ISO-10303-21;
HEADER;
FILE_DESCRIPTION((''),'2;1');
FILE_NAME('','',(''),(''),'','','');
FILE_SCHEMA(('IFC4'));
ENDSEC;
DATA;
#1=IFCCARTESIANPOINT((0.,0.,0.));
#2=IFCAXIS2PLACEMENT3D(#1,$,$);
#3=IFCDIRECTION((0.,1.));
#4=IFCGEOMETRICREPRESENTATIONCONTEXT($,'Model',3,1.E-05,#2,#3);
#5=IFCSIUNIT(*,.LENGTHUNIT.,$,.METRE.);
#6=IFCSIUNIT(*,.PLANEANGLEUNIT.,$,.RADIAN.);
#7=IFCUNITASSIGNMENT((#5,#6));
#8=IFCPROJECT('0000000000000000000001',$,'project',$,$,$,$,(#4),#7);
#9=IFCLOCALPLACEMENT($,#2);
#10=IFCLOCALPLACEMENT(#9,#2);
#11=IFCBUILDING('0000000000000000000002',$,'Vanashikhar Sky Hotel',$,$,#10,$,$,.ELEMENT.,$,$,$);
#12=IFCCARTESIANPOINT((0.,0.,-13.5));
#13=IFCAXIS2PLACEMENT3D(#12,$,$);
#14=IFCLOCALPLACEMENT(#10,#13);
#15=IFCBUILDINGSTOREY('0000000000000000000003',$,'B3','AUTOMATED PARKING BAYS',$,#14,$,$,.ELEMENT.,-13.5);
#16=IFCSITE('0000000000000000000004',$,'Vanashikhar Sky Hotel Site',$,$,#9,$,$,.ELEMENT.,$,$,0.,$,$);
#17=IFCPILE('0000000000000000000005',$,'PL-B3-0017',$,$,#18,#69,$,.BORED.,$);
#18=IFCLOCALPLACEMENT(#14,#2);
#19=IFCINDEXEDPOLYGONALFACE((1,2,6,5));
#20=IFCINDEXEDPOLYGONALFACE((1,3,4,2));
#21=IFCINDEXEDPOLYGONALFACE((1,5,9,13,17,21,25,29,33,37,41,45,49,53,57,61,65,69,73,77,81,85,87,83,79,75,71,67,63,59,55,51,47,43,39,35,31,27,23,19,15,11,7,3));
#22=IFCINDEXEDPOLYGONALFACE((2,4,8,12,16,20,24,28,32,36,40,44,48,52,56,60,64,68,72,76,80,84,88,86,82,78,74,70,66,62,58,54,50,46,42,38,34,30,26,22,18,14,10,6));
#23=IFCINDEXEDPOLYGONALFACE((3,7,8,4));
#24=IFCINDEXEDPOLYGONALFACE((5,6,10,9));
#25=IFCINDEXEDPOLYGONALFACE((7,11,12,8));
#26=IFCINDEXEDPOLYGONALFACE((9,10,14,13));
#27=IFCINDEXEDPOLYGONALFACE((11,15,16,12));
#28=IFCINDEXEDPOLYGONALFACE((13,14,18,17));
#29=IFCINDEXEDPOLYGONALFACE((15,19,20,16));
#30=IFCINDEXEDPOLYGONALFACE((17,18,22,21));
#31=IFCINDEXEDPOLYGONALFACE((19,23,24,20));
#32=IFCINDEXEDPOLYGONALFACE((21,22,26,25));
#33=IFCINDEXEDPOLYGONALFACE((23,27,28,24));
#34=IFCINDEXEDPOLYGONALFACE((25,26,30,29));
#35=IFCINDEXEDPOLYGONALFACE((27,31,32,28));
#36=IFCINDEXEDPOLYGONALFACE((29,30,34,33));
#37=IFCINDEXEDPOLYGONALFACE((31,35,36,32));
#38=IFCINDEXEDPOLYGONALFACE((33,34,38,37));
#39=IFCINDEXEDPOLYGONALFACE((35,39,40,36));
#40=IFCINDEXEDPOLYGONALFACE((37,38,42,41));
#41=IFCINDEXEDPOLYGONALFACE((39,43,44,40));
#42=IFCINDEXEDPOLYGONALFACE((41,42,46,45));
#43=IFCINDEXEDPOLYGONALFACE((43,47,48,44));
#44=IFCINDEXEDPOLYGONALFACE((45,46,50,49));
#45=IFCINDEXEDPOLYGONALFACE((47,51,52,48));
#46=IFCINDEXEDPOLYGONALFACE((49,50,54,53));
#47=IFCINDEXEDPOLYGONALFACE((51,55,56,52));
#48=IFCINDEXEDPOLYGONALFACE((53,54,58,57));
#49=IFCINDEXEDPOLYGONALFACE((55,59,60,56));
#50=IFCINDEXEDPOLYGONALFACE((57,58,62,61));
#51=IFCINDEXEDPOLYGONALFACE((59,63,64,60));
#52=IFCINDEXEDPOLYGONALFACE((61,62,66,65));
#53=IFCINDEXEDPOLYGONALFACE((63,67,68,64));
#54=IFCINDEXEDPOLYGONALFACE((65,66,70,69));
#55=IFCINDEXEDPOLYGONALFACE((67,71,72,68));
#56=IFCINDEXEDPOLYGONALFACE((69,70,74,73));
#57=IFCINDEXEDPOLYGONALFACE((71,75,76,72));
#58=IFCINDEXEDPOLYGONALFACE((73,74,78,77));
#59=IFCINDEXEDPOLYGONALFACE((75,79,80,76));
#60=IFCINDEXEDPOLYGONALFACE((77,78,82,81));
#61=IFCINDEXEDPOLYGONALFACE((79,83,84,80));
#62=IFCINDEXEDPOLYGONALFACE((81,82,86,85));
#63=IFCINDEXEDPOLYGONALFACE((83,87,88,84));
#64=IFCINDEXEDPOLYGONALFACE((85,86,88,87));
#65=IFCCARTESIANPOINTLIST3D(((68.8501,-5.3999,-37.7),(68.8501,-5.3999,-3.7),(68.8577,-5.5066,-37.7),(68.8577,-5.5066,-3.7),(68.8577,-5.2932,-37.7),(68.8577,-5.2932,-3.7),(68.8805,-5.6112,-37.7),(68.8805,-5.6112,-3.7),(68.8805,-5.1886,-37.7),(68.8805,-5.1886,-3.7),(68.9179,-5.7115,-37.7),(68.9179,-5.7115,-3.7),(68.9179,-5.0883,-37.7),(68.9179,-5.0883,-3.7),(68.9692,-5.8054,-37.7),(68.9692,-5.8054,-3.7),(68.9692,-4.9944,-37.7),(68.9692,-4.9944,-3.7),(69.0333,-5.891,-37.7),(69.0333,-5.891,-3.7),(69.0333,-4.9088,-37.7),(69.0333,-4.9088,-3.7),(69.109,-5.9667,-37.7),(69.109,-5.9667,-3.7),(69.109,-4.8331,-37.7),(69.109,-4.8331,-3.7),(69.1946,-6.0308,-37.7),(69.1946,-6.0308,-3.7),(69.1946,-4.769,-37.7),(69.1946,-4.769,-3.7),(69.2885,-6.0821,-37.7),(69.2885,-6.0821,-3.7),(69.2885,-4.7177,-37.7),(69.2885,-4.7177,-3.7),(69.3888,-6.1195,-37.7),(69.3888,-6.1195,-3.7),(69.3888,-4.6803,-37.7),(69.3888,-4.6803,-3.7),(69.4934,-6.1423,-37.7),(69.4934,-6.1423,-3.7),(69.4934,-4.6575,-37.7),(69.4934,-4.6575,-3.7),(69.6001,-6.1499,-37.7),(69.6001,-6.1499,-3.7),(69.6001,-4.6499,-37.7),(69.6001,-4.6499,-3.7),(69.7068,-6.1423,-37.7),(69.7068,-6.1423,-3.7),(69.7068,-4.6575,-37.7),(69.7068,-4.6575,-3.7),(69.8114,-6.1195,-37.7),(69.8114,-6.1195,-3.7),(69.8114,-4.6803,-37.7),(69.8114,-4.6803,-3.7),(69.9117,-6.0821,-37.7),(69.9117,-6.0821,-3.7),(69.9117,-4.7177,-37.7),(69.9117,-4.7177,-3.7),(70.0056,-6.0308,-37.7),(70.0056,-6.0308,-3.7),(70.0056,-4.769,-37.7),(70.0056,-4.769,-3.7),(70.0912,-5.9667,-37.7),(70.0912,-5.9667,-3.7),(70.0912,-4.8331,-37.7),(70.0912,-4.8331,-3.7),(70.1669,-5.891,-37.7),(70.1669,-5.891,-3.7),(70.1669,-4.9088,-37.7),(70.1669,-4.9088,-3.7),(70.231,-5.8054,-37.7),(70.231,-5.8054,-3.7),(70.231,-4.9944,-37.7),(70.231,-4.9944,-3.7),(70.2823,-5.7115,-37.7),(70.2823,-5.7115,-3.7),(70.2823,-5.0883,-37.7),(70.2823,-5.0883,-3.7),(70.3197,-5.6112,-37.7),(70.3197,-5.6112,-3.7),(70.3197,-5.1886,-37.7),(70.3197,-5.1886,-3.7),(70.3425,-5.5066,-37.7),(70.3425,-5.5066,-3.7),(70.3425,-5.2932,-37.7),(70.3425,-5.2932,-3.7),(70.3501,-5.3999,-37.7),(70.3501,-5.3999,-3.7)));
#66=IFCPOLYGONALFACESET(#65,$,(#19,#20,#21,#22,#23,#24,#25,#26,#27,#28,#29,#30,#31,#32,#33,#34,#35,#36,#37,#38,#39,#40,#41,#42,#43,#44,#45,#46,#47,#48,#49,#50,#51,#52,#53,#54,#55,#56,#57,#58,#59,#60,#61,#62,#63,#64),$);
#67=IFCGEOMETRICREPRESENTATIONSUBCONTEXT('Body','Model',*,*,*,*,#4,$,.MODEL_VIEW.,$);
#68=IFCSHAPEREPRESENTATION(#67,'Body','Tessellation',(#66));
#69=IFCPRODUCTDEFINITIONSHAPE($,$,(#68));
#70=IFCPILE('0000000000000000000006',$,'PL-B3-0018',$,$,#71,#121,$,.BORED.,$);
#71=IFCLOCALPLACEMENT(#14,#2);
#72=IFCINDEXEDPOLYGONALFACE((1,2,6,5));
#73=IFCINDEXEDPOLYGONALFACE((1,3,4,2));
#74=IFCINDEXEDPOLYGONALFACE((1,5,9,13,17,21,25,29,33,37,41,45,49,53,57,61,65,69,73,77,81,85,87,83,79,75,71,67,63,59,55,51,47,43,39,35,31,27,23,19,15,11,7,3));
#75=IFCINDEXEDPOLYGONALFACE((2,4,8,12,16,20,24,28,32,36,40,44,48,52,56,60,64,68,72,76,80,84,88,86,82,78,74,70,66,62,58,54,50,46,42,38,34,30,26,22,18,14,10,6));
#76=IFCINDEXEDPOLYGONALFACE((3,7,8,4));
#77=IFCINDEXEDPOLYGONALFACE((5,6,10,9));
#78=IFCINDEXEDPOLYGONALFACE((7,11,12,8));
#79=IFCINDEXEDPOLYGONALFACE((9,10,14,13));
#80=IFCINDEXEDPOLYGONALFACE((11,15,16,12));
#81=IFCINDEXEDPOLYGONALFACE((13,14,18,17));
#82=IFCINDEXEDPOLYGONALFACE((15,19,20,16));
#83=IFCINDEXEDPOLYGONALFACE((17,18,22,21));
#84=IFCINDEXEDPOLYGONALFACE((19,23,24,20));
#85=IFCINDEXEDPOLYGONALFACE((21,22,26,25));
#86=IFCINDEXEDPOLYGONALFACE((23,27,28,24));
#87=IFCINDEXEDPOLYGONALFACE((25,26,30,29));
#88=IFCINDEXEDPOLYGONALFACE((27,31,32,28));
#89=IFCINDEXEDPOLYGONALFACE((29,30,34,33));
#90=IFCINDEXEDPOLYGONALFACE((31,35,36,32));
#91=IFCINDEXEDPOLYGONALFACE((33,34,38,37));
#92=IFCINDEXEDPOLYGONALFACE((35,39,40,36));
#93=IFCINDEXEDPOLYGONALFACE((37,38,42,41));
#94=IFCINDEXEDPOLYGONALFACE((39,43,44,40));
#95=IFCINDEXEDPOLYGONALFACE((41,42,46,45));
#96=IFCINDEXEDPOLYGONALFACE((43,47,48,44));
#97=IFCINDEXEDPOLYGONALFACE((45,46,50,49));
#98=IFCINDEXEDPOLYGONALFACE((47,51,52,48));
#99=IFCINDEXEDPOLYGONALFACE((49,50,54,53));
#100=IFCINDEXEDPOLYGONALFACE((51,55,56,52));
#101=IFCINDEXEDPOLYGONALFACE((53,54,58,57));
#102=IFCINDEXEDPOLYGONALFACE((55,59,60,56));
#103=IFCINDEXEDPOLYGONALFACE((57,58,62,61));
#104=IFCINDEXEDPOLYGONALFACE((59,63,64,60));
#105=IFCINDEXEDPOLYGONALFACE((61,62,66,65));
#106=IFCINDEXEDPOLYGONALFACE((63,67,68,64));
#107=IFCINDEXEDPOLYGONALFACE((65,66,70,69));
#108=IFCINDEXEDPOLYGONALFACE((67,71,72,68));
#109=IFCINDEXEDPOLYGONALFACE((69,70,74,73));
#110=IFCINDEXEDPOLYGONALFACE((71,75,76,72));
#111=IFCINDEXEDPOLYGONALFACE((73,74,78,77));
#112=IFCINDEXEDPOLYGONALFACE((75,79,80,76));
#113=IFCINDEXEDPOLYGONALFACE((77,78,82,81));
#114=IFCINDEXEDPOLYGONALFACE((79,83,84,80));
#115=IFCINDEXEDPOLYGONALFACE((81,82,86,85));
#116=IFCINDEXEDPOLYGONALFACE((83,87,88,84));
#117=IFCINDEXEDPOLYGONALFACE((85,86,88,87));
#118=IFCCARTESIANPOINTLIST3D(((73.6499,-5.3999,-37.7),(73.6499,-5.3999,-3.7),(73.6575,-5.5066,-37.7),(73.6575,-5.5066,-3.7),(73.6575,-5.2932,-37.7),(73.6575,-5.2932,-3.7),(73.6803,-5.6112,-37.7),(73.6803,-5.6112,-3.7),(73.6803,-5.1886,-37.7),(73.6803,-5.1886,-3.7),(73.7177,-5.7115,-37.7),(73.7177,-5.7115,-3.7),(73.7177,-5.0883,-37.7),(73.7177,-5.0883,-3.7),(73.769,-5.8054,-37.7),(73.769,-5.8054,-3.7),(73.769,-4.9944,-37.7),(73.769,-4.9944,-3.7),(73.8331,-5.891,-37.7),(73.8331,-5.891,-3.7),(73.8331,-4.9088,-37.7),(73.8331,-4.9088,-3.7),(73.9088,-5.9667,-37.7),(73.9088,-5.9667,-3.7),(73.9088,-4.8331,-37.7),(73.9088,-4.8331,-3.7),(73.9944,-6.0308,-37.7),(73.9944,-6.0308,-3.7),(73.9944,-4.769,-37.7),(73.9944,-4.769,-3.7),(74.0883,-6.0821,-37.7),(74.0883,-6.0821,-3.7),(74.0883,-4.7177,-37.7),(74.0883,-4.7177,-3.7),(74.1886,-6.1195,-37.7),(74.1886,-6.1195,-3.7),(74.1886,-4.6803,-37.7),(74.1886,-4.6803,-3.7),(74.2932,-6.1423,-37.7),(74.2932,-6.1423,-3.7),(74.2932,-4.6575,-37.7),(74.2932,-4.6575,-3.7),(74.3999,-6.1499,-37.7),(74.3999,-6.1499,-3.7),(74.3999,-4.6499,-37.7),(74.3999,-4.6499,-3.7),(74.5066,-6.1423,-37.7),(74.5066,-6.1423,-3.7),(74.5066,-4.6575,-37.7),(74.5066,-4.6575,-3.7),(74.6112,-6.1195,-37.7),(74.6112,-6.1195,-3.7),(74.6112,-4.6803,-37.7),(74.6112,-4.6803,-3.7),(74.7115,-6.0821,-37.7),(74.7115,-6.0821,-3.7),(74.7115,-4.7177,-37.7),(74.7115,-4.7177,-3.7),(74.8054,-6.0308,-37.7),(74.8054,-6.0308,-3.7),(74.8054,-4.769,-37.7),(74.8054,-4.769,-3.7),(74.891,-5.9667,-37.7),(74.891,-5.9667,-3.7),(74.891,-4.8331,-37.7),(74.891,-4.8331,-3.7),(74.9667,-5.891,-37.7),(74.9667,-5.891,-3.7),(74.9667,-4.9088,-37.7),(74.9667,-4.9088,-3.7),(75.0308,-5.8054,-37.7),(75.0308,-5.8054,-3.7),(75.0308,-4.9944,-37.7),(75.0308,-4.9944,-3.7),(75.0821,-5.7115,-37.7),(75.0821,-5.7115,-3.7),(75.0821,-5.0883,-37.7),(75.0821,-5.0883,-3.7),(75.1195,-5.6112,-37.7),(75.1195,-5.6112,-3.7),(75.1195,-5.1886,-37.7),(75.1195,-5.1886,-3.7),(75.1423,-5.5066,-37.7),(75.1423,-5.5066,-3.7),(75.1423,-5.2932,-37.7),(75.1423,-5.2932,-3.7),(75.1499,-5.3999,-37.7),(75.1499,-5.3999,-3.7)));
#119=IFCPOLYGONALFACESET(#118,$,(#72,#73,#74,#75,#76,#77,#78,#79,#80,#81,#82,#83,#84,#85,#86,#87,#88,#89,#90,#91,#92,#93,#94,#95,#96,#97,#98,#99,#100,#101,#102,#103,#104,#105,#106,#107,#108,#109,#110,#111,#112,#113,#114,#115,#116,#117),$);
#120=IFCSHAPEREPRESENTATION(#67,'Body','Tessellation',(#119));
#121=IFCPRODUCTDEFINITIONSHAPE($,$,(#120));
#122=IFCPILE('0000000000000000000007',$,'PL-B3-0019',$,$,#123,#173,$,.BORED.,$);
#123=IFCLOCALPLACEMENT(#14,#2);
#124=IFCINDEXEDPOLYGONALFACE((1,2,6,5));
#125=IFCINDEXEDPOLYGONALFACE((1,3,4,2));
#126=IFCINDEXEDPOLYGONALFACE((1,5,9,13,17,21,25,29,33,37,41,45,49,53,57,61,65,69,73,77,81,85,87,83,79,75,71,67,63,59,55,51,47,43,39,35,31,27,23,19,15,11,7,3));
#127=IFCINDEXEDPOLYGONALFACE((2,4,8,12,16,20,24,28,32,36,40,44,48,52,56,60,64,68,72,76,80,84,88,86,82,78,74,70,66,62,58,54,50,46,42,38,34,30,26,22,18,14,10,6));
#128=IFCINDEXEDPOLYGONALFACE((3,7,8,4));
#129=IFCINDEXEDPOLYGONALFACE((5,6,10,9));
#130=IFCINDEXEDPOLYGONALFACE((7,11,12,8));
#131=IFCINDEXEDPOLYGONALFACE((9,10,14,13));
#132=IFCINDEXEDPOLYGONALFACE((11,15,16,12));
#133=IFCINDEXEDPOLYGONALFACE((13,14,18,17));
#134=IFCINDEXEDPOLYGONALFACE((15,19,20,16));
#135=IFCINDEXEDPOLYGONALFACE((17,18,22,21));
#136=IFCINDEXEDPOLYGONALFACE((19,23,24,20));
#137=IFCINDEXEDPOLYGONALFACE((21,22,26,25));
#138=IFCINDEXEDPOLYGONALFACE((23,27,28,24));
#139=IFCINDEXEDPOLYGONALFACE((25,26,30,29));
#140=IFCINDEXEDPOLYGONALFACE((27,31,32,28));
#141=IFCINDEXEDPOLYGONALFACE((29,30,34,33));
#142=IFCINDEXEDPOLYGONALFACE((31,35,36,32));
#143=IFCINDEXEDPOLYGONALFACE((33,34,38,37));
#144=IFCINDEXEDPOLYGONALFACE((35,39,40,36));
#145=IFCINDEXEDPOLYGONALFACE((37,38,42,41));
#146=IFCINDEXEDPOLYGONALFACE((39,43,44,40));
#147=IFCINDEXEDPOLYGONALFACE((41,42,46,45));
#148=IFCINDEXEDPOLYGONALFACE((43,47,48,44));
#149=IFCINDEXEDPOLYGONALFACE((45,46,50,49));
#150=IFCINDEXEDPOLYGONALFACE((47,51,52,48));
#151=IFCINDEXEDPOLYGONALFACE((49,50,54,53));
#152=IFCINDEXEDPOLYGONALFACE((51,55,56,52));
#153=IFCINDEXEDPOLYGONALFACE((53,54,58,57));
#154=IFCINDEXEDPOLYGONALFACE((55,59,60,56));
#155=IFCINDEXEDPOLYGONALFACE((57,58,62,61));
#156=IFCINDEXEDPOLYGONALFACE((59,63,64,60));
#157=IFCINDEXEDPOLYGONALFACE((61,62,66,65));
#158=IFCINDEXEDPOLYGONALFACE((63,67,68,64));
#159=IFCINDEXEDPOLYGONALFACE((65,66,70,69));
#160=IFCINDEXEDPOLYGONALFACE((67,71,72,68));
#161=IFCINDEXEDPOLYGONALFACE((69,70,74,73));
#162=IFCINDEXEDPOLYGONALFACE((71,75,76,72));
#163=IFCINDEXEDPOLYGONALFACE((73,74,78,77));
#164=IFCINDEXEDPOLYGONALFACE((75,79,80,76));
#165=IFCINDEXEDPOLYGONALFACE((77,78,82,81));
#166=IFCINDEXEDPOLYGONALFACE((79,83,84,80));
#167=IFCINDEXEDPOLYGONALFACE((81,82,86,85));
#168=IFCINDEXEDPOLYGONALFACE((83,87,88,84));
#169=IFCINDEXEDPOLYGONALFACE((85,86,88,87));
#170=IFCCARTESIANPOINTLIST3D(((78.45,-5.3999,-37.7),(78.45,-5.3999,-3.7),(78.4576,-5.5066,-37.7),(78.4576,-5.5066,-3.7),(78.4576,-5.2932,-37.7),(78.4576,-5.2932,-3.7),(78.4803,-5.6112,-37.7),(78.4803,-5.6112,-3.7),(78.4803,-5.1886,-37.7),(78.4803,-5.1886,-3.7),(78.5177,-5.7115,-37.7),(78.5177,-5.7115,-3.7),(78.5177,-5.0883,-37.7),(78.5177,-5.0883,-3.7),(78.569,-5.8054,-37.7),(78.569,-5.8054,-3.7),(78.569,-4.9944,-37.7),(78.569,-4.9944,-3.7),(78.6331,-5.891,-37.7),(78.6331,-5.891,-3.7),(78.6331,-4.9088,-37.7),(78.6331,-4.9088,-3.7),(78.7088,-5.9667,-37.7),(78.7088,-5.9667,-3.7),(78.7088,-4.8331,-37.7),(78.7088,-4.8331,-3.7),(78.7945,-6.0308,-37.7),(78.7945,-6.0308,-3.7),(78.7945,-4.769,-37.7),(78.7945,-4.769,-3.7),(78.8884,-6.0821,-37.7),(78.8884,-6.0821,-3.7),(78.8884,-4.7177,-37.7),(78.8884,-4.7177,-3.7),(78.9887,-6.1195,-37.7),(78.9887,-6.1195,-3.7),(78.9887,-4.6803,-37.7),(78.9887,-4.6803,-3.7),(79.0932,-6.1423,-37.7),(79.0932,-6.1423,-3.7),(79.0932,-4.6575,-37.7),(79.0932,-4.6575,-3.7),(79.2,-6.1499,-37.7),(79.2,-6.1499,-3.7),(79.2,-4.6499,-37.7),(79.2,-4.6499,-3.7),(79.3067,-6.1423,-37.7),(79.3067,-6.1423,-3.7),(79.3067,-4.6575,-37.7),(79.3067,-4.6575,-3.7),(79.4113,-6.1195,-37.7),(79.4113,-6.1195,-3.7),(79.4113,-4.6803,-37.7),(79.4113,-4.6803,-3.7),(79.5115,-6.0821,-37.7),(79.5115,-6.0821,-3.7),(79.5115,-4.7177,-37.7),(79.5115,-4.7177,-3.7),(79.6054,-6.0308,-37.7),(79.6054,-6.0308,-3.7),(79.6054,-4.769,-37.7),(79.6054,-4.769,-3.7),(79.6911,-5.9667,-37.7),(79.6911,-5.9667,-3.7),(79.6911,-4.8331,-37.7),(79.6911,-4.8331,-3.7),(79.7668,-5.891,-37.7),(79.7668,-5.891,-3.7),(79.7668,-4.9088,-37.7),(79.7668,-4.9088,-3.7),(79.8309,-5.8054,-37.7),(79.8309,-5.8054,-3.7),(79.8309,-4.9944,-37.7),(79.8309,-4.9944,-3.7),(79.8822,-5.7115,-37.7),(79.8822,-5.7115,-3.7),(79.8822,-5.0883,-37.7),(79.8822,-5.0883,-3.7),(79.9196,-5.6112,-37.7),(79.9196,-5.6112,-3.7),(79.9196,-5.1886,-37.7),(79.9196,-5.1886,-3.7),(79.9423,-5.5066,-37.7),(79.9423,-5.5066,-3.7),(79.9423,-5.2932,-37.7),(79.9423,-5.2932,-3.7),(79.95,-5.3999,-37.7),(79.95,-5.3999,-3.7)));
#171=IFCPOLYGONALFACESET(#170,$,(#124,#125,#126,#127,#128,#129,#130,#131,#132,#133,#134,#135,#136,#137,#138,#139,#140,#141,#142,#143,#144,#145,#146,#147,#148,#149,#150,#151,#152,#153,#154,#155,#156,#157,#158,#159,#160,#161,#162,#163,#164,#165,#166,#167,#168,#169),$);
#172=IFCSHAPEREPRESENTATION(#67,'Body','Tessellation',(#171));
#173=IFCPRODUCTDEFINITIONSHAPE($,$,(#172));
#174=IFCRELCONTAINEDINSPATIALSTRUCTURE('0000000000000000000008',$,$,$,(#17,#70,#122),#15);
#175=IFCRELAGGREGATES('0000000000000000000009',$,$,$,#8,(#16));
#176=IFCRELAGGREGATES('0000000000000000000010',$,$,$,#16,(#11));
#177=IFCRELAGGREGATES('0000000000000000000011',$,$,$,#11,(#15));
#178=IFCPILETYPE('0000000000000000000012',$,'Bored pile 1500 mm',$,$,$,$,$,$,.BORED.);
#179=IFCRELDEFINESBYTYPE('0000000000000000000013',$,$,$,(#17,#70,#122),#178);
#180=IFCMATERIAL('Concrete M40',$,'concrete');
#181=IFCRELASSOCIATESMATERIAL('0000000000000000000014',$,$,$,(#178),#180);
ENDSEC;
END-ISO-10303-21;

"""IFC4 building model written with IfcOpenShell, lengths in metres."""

from ifc_helpers import new_model, si_unit, direction, frame, origin, origin_2d, place, context, subcontext, project, spatial, circle, extrude, source, transform, mapped, material, type_object, element, save


model = new_model("IFC4")

# Units and contexts
model_context = context("Model", 3, precision=1e-05, world=origin(), true_north=direction((0.0, 1.0)))
body_context = subcontext(model_context, "Body", "Model", "MODEL_VIEW")
ifc_project = project(units=[si_unit("LENGTHUNIT", "METRE"), si_unit("PLANEANGLEUNIT", "RADIAN")], contexts=[model_context])

# Site, building, storey
site_placement = place(None, origin())
site = spatial("IfcSite", under=ifc_project, at=site_placement, Name="Vanashikhar Sky Hotel Site", CompositionType="ELEMENT", RefElevation=0.0)
building_placement = place(site_placement, origin())
building = spatial("IfcBuilding", under=site, at=building_placement, Name="Vanashikhar Sky Hotel", CompositionType="ELEMENT")
storey_placement = place(building_placement, frame((0.0, 0.0, -13.5)))
storey = spatial("IfcBuildingStorey", under=building, at=storey_placement, Name="B3", Description="AUTOMATED PARKING BAYS", CompositionType="ELEMENT", Elevation=-13.5)

# Piles
ifc_material_1 = material(Name="Concrete M40", Category="concrete")
pile_type = type_object("IfcPileType", Name="Bored pile 1500 mm", PredefinedType="BORED", material=ifc_material_1)
shared_shape_1 = source(origin(), body_context, "Body", "SweptSolid", [
    extrude(circle(Radius=0.75, at=origin_2d()), origin(), (0.0, 0.0, 1.0), 34.0),
])
for number, where, z_axis, x_axis, name in (
    (1, (69.6001, -5.3999, -3.7), (0.0, 0.0, -1.0), (1.0, 0.0, 0.0), "PL-B3-0017"),
    (2, (74.3999, -5.3999, -3.7), (0.0, 0.0, -1.0), (1.0, 0.0, 0.0), "PL-B3-0018"),
    (3, (79.2, -5.3999, -3.7), (0.0, 0.0, -1.0), (1.0, 0.0, 0.0), "PL-B3-0019"),
):
    element("IfcPile", number, at=place(storey_placement, frame(where, z_axis=z_axis, x_axis=x_axis)), inside=storey, type_object=pile_type, Name=name, PredefinedType="BORED", context=body_context, shape_type="MappedRepresentation", body=[
        mapped(shared_shape_1, transform((0.0, 0.0, 0.0), scale=1.0)),
    ])

save(model, "model.ifc")
